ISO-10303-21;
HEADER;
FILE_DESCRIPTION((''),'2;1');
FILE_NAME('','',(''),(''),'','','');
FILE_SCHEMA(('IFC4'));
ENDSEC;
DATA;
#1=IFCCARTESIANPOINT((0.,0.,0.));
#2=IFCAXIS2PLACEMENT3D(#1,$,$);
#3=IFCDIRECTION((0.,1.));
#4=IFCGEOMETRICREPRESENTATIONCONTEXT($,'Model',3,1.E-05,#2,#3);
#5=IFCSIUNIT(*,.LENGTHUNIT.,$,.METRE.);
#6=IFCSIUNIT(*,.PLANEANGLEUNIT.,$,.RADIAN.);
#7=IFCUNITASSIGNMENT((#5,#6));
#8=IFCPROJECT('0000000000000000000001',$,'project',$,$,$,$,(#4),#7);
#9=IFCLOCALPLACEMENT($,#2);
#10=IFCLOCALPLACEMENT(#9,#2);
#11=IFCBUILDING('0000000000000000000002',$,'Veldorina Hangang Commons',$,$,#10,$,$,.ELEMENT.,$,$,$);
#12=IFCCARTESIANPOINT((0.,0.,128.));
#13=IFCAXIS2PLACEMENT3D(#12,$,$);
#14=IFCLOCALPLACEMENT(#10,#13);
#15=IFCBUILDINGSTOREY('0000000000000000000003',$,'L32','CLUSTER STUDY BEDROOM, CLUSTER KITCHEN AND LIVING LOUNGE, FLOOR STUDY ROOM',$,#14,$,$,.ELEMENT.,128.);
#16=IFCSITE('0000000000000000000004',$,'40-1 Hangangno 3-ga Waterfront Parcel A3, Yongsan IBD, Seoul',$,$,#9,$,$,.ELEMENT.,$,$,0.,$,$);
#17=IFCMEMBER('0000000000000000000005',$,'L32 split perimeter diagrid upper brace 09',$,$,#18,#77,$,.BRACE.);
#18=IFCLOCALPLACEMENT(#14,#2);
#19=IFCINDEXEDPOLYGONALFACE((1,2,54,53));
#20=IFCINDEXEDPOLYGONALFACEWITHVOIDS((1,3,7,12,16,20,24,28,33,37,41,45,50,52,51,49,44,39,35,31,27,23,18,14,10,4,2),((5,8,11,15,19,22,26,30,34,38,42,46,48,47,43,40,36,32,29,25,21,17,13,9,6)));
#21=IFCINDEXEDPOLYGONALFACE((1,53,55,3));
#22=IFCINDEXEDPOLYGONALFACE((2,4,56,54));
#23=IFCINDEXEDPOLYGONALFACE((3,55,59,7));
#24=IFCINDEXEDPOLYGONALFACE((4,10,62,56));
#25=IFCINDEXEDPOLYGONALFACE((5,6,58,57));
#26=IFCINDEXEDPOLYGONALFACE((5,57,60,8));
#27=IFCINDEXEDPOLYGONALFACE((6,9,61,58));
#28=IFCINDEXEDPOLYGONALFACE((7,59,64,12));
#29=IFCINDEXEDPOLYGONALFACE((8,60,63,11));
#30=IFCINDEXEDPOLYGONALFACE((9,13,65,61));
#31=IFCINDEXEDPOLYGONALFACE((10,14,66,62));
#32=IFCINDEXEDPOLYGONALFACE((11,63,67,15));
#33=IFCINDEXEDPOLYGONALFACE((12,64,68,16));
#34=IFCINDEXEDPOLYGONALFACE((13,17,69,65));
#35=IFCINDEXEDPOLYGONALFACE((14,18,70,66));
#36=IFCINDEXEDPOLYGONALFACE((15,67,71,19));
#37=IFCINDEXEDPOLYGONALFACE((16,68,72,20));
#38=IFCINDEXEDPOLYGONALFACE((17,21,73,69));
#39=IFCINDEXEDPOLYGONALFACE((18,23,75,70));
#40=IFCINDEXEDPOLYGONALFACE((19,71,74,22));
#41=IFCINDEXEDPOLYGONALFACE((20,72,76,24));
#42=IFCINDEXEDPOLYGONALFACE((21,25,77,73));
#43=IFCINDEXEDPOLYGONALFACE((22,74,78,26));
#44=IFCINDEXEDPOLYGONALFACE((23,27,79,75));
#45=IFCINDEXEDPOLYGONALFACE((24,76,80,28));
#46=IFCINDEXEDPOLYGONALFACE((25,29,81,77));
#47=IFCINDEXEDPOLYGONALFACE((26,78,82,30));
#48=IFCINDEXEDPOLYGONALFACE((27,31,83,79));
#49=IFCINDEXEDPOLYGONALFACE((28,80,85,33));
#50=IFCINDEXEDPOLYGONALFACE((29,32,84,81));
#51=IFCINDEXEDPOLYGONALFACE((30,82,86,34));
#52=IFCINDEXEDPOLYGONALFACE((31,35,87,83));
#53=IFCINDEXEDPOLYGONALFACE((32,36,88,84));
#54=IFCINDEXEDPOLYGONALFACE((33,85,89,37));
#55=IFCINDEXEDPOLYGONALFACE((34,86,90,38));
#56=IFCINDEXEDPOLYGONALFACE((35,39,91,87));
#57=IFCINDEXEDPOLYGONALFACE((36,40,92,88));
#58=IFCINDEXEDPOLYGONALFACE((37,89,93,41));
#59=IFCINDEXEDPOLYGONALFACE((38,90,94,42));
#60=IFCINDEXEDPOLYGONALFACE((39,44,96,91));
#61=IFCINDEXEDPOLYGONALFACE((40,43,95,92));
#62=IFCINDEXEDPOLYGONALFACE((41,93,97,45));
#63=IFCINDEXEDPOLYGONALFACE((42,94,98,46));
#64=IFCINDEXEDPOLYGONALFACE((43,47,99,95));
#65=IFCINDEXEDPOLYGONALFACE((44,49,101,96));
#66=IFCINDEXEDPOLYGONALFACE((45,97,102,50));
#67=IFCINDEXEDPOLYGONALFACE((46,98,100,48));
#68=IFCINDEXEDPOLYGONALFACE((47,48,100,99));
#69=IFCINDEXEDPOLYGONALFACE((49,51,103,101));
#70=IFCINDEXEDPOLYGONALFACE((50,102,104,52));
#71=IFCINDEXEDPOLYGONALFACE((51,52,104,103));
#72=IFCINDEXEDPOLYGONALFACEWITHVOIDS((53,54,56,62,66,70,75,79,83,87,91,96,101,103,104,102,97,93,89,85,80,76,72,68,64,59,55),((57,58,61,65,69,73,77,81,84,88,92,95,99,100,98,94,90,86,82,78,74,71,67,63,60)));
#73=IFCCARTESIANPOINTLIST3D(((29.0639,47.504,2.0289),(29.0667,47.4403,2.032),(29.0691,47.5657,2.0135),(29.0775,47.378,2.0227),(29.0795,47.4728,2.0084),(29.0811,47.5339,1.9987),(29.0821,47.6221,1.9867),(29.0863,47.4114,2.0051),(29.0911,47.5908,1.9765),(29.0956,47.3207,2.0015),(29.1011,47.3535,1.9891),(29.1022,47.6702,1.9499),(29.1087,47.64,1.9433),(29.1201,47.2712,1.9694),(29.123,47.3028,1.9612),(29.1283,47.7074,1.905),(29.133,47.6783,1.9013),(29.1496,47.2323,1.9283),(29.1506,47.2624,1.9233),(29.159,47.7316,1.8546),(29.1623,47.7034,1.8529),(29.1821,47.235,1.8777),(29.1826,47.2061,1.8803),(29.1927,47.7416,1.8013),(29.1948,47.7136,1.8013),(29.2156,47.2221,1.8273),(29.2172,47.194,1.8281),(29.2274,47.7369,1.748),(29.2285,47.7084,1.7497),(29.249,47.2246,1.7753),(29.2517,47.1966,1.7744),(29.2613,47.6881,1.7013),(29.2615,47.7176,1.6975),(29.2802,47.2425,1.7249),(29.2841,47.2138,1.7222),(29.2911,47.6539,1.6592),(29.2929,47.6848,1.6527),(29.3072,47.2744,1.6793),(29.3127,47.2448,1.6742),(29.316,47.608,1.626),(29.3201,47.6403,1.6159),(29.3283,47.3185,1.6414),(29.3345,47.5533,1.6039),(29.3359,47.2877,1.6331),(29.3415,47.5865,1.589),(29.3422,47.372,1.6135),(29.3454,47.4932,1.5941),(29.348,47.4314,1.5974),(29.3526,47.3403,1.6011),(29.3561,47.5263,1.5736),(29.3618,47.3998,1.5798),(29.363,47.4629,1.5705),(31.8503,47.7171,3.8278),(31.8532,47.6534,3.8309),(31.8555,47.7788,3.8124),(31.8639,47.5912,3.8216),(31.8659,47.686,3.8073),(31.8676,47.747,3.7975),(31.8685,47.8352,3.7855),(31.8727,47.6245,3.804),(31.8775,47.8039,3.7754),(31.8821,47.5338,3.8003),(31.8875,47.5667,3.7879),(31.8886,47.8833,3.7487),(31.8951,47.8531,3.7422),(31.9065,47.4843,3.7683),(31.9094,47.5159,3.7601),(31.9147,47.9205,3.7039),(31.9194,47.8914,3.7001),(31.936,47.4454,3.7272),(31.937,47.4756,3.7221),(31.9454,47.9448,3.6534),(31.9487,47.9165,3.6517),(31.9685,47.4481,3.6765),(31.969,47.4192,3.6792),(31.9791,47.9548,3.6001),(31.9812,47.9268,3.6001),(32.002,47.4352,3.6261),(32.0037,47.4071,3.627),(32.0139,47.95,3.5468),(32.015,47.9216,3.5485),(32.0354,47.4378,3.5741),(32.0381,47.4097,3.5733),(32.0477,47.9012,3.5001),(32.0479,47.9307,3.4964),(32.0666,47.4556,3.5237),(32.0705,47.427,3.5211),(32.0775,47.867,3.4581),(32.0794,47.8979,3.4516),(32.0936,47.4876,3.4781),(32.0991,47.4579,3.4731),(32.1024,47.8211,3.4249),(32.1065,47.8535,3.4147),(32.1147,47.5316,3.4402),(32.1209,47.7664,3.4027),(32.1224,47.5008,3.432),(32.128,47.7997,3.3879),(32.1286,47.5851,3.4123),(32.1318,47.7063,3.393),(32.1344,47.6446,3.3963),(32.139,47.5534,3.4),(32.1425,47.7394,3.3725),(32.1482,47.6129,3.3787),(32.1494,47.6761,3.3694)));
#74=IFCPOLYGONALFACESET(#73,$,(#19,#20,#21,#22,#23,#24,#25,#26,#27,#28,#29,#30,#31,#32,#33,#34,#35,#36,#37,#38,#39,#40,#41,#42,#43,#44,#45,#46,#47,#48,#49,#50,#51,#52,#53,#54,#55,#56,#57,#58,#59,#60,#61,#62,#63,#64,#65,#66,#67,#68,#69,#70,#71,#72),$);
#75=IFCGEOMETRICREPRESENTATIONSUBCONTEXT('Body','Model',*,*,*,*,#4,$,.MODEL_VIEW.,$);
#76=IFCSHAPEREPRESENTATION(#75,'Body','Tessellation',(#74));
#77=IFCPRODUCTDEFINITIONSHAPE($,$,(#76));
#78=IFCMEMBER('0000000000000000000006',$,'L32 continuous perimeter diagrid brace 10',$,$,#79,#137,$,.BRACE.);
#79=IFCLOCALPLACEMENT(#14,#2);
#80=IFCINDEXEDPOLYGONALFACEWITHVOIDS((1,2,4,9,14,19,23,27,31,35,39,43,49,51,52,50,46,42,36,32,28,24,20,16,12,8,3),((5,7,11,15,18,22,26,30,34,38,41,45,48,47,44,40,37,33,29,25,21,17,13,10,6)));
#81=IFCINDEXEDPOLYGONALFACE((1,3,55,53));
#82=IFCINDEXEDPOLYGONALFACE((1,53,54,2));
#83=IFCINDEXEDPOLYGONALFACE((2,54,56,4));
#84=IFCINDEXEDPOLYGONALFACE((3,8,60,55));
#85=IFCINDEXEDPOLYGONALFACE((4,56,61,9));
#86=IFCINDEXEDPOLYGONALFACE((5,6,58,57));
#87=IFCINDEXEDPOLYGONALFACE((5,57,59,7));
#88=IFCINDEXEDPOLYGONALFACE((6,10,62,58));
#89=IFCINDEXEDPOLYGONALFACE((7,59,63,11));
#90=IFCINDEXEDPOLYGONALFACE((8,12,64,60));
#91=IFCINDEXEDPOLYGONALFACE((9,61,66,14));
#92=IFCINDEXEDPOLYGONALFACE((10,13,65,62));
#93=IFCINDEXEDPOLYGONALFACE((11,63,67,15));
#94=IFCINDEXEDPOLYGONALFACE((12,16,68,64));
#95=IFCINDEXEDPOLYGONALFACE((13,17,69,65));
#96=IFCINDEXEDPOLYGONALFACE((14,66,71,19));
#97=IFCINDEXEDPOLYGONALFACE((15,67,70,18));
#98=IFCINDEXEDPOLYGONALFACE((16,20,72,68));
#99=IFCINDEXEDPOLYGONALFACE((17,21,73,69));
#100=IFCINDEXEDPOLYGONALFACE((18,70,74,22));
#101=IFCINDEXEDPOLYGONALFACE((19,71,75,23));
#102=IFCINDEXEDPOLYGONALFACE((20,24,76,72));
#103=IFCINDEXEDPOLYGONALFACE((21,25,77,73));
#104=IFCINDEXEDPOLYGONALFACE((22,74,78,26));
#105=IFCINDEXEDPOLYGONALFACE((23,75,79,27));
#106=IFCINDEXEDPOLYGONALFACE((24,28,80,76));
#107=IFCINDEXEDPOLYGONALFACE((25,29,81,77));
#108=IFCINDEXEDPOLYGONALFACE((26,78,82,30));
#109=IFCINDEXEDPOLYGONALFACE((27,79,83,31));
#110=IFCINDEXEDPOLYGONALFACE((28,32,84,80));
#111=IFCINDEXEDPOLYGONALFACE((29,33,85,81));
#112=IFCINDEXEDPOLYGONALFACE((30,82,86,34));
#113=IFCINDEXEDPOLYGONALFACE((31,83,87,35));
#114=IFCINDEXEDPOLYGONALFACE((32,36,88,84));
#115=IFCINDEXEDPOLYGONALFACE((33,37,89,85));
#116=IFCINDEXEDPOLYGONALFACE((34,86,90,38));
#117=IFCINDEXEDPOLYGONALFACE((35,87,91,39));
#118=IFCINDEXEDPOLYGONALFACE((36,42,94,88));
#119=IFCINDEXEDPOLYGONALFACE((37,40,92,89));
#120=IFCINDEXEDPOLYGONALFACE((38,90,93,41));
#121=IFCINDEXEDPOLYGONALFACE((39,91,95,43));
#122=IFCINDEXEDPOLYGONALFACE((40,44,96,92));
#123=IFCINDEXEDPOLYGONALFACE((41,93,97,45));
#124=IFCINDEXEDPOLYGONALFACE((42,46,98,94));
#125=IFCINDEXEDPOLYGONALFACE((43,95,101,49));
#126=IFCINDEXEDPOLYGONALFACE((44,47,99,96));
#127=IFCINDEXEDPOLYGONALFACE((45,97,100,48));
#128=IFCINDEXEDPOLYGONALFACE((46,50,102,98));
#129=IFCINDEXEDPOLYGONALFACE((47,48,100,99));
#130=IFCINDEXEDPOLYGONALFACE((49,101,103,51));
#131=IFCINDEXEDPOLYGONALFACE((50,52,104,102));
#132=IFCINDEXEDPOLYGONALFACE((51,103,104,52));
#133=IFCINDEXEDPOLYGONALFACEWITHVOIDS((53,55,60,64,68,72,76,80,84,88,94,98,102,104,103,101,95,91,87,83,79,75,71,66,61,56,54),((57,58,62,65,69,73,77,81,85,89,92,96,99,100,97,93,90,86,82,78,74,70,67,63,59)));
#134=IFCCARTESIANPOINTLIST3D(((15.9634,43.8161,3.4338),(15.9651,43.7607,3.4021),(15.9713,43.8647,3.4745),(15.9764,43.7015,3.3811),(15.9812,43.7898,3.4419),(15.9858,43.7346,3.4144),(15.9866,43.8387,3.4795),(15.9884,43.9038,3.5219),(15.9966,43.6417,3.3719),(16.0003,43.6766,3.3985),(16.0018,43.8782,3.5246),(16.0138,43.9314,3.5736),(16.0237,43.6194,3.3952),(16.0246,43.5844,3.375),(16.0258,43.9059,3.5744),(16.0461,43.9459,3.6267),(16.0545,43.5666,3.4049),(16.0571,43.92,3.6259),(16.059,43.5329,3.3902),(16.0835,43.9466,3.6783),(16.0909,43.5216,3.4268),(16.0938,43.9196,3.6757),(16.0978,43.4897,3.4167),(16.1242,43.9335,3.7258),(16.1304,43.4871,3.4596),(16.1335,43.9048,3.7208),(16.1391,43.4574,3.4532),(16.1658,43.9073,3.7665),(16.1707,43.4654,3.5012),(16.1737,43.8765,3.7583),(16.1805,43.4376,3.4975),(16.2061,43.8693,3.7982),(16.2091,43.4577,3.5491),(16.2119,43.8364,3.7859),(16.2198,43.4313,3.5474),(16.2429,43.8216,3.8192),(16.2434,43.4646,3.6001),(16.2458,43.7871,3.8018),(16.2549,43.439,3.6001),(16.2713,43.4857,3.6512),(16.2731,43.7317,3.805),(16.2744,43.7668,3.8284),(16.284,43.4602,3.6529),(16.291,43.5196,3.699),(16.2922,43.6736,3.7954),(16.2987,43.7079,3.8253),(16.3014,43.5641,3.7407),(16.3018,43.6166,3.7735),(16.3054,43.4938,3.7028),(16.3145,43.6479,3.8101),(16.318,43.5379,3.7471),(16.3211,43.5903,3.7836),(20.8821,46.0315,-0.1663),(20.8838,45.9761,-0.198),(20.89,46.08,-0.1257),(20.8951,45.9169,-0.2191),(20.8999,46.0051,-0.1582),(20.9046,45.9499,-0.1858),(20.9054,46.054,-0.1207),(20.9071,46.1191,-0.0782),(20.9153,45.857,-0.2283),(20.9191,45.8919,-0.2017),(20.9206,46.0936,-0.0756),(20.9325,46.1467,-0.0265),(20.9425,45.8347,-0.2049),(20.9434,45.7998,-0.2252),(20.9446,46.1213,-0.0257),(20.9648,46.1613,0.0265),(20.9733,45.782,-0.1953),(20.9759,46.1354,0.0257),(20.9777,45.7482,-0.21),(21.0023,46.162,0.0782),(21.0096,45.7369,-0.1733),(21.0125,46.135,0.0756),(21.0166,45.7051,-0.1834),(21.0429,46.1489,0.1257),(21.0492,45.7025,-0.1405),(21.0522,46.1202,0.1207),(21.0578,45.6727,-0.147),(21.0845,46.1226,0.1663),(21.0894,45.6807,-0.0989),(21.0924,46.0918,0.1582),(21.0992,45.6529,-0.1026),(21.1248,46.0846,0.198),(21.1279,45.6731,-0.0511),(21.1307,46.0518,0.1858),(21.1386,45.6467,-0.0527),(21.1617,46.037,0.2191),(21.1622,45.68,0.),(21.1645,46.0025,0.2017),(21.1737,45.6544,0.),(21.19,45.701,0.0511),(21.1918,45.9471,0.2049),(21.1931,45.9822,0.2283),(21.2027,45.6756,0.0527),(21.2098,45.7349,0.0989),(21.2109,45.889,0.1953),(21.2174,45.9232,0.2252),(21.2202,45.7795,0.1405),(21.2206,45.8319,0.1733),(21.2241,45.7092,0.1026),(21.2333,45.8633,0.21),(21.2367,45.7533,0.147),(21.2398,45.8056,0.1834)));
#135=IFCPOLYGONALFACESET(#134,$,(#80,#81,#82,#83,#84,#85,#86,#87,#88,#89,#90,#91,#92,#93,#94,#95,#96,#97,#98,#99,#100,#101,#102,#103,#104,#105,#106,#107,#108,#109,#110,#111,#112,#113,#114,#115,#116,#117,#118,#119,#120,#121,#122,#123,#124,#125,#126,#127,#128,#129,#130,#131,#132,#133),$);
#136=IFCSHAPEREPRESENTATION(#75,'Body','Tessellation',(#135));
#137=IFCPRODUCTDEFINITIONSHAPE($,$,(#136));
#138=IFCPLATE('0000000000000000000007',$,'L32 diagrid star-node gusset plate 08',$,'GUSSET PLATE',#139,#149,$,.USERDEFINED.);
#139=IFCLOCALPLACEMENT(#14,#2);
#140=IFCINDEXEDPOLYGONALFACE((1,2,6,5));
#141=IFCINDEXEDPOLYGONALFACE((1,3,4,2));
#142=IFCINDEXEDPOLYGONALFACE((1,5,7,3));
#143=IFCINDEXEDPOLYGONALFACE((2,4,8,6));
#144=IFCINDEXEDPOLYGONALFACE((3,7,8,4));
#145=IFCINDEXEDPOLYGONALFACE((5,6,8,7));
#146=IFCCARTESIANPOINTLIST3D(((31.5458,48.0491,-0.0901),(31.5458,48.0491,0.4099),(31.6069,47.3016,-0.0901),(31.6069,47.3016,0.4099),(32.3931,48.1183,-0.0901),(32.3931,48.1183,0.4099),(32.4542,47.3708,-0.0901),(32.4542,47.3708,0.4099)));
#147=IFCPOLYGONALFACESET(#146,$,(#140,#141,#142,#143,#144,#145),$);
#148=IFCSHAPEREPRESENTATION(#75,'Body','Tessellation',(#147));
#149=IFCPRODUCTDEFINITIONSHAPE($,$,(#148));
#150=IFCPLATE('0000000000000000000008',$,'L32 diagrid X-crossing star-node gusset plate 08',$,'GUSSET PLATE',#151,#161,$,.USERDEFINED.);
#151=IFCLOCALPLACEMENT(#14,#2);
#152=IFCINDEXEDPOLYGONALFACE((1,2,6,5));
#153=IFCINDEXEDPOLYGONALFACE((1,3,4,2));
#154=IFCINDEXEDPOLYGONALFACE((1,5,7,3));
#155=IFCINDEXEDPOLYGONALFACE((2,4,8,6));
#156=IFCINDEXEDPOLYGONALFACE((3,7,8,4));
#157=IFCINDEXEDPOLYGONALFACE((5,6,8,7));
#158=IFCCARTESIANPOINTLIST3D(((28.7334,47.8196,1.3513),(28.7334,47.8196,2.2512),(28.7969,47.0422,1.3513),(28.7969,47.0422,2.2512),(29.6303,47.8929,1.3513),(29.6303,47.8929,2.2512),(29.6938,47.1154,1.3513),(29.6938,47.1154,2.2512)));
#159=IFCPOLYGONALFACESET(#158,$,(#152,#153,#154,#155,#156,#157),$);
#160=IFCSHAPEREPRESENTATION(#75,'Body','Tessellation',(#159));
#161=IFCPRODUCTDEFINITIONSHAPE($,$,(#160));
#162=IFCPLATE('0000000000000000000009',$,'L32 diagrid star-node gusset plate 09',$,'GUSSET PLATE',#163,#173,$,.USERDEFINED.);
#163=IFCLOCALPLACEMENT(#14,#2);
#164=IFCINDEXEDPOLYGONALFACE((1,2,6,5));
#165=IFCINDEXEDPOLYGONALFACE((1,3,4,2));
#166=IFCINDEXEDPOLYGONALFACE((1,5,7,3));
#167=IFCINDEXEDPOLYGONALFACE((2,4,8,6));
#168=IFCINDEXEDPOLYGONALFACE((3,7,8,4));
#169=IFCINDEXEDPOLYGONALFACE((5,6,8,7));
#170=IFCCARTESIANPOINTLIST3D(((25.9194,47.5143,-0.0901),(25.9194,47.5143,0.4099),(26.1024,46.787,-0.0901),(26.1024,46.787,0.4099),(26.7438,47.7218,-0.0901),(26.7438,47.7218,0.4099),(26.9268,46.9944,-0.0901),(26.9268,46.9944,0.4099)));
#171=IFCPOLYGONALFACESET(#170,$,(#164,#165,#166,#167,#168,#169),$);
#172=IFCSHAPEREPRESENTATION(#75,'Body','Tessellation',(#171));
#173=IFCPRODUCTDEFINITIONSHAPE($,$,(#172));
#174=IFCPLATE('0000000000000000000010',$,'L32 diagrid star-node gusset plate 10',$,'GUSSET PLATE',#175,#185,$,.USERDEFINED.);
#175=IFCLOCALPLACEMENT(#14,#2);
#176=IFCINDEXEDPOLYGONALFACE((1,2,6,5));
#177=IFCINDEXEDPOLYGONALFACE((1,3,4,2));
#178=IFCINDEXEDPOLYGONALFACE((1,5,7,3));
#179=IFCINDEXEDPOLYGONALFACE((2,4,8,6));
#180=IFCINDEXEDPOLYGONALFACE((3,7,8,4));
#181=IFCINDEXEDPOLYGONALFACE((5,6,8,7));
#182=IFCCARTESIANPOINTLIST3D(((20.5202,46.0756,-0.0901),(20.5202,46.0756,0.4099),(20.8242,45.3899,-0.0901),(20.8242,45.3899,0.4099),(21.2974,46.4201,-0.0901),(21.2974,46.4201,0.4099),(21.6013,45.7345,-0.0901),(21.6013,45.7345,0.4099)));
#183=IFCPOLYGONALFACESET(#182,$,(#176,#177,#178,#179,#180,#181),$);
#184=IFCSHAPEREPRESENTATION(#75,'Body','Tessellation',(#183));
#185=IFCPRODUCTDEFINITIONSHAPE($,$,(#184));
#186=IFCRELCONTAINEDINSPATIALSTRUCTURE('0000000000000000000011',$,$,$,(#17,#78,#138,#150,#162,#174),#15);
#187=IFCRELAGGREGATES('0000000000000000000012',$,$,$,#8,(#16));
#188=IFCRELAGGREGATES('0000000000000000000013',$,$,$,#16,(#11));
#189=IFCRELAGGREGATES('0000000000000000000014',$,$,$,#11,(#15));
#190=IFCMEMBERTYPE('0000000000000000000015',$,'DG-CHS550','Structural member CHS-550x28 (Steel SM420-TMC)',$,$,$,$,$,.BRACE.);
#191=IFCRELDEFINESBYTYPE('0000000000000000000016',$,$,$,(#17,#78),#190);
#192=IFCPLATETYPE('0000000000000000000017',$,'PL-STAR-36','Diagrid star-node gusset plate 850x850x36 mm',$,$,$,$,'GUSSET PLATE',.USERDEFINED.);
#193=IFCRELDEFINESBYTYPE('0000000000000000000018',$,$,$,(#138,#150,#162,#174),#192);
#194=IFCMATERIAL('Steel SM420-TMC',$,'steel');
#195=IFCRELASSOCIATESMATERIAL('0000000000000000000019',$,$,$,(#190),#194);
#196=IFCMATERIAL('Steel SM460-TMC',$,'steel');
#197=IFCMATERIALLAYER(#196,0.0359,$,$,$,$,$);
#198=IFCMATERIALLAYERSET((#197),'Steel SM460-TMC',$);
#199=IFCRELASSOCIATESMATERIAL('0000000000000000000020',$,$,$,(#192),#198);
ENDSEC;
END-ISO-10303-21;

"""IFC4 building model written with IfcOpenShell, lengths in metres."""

from ifc_helpers import new_model, si_unit, direction, frame, origin, origin_2d, place, context, subcontext, project, spatial, rectangle, hollow_circle, extrude, material, layer, layer_set, material_profile, profile_set, type_object, element, save


model = new_model("IFC4")

# Units and contexts
model_context = context("Model", 3, precision=1e-05, world=origin(), true_north=direction((0.0, 1.0)))
body_context = subcontext(model_context, "Body", "Model", "MODEL_VIEW")
ifc_project = project(units=[si_unit("LENGTHUNIT", "METRE"), si_unit("PLANEANGLEUNIT", "RADIAN")], contexts=[model_context])

# Site, building, storey
site_placement = place(None, origin())
site = spatial("IfcSite", under=ifc_project, at=site_placement, Name="40-1 Hangangno 3-ga Waterfront Parcel A3, Yongsan IBD, Seoul", CompositionType="ELEMENT", RefElevation=0.0)
building_placement = place(site_placement, origin())
building = spatial("IfcBuilding", under=site, at=building_placement, Name="Veldorina Hangang Commons", CompositionType="ELEMENT")
storey_placement = place(building_placement, frame((0.0, 0.0, 128.0)))
storey = spatial("IfcBuildingStorey", under=building, at=storey_placement, Name="L32", Description="CLUSTER STUDY BEDROOM, CLUSTER KITCHEN AND LIVING LOUNGE, FLOOR STUDY ROOM", CompositionType="ELEMENT", Elevation=128.0)

# Shared definitions
ifc_material_1 = material(Name="Steel SM420-TMC", Category="steel")

# Members
ifc_material_profile_1 = material_profile(ifc_material_1, hollow_circle(Radius=0.2749, WallThickness=0.0281, at=origin_2d()), Name="CHS-550x28")
ifc_profile_set_1 = profile_set([ifc_material_profile_1], Name="Steel SM420-TMC")
member_type = type_object("IfcMemberType", Name="DG-CHS550", Description="Structural member CHS-550x28 (Steel SM420-TMC)", PredefinedType="BRACE", material=ifc_profile_set_1)
member_1_placement = place(storey_placement, frame((29.2136, 47.4675, 1.8013), z_axis=(0.838407, 0.064131, 0.541259), x_axis=(-0.076269, 0.997087, 0.0)))
element("IfcMember", 1, at=member_1_placement, inside=storey, type_object=member_type, Name="L32 split perimeter diagrid upper brace 09", PredefinedType="BRACE", context=body_context, shape_type="SweptSolid", body=[
    extrude(hollow_circle(Radius=0.2749, WallThickness=0.0281, at=origin_2d()), origin(), (0.0, 0.0, 1.0), 3.3235),
])
member_2_placement = place(storey_placement, frame((21.0608, 45.905, 0.0), z_axis=(-0.758412, -0.341581, 0.555097), x_axis=(0.41066, -0.911789, 0.0)))
element("IfcMember", 2, at=member_2_placement, inside=storey, type_object=member_type, Name="L32 continuous perimeter diagrid brace 10", PredefinedType="BRACE", context=body_context, shape_type="SweptSolid", body=[
    extrude(hollow_circle(Radius=0.2749, WallThickness=0.0281, at=origin_2d()), origin(), (0.0, 0.0, 1.0), 6.4856),
])

# Plates
ifc_material_2 = material(Name="Steel SM460-TMC", Category="steel")
ifc_layer_1 = layer(ifc_material_2, 0.0359)
ifc_layer_set_1 = layer_set([ifc_layer_1], Name="Steel SM460-TMC")
plate_type = type_object("IfcPlateType", Name="PL-STAR-36", Description="Diagrid star-node gusset plate 850x850x36 mm", ElementType="GUSSET PLATE", PredefinedType="USERDEFINED", material=ifc_layer_set_1)
plate_1_placement = place(storey_placement, frame((32.0, 47.71, -0.0901), z_axis=(0.0, 0.0, 1.0), x_axis=(-0.99668, -0.081417, 0.0)))
element("IfcPlate", 3, at=plate_1_placement, inside=storey, type_object=plate_type, Name="L32 diagrid star-node gusset plate 08", ObjectType="GUSSET PLATE", PredefinedType="USERDEFINED", context=body_context, shape_type="SweptSolid", body=[
    extrude(rectangle(XDim=0.8501, YDim=0.75, at=origin_2d()), origin(), (0.0, 0.0, 1.0), 0.5),
])
plate_2_placement = place(storey_placement, frame((29.2136, 47.4675, 1.3513), z_axis=(0.0, 0.0, 1.0), x_axis=(-0.99668, -0.081417, 0.0)))
element("IfcPlate", 4, at=plate_2_placement, inside=storey, type_object=plate_type, Name="L32 diagrid X-crossing star-node gusset plate 08", ObjectType="GUSSET PLATE", PredefinedType="USERDEFINED", context=body_context, shape_type="SweptSolid", body=[
    extrude(rectangle(XDim=0.8999, YDim=0.78, at=origin_2d()), origin(), (0.0, 0.0, 1.0), 0.8999),
])
for number, where, z_axis, x_axis, name in (
    (5, (26.4231, 47.2544, -0.0901), (0.0, 0.0, 1.0), (-0.969774, -0.244004, 0.0), "L32 diagrid star-node gusset plate 09"),
    (6, (21.0608, 45.905, -0.0901), (0.0, 0.0, 1.0), (-0.91419, -0.405285, 0.0), "L32 diagrid star-node gusset plate 10"),
):
    element("IfcPlate", number, at=place(storey_placement, frame(where, z_axis=z_axis, x_axis=x_axis)), inside=storey, type_object=plate_type, Name=name, ObjectType="GUSSET PLATE", PredefinedType="USERDEFINED", context=body_context, shape_type="SweptSolid", body=[
        extrude(rectangle(XDim=0.8501, YDim=0.75, at=origin_2d()), origin(), (0.0, 0.0, 1.0), 0.5),
    ])

save(model, "model.ifc")
